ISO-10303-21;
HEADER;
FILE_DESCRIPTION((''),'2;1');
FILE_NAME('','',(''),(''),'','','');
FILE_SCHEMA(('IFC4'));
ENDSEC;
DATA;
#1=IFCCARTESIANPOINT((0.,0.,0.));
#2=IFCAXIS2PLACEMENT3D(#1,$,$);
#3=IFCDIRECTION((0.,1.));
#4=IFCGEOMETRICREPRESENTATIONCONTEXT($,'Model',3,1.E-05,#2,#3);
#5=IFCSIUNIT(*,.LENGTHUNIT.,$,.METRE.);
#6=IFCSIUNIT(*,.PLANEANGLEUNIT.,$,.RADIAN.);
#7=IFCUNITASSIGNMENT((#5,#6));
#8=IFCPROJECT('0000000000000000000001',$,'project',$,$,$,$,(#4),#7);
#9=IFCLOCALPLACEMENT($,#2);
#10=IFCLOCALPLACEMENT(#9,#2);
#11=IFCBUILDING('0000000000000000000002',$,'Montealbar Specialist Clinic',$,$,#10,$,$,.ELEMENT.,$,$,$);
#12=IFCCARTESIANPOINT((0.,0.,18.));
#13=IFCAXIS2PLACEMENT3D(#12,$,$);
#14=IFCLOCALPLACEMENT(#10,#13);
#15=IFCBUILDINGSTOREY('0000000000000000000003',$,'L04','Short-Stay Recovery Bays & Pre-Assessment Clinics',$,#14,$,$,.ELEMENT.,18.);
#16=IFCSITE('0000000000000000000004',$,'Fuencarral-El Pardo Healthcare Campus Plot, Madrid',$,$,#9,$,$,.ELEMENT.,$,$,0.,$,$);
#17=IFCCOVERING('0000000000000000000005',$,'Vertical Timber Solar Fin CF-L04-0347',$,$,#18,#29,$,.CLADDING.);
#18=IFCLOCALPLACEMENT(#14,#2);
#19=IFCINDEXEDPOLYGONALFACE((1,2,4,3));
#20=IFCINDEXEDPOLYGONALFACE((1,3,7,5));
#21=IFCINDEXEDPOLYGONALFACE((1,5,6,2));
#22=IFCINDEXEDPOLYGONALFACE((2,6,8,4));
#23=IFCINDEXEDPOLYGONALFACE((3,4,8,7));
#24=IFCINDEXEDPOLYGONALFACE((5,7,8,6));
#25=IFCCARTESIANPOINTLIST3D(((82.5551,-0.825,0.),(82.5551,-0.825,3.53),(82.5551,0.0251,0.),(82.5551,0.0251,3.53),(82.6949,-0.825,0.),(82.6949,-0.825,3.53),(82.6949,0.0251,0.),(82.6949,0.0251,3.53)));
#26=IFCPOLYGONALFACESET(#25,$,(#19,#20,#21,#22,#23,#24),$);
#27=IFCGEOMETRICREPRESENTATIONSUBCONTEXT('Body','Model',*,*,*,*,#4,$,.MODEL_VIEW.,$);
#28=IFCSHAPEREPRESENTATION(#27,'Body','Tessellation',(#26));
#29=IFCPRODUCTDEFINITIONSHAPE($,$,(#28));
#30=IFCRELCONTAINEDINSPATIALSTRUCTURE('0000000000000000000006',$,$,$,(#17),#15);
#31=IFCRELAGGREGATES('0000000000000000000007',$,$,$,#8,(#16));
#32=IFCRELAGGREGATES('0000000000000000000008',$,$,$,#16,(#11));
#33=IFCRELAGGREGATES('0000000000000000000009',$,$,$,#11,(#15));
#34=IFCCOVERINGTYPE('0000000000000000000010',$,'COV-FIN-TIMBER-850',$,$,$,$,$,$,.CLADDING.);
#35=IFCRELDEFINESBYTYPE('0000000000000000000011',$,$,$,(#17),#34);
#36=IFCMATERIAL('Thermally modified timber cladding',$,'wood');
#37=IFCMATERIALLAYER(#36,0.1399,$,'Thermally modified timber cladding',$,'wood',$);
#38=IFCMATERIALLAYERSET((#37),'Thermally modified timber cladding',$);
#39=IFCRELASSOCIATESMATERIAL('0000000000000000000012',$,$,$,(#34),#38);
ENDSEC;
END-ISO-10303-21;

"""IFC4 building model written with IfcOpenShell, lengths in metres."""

from ifc_helpers import new_model, si_unit, direction, frame, origin, origin_2d, place, context, subcontext, project, spatial, rectangle, extrude, material, layer, layer_set, type_object, element, save


model = new_model("IFC4")

# Units and contexts
model_context = context("Model", 3, precision=1e-05, world=origin(), true_north=direction((0.0, 1.0)))
body_context = subcontext(model_context, "Body", "Model", "MODEL_VIEW")
ifc_project = project(units=[si_unit("LENGTHUNIT", "METRE"), si_unit("PLANEANGLEUNIT", "RADIAN")], contexts=[model_context])

# Site, building, storey
site_placement = place(None, origin())
site = spatial("IfcSite", under=ifc_project, at=site_placement, Name="Fuencarral-El Pardo Healthcare Campus Plot, Madrid", CompositionType="ELEMENT", RefElevation=0.0)
building_placement = place(site_placement, origin())
building = spatial("IfcBuilding", under=site, at=building_placement, Name="Montealbar Specialist Clinic", CompositionType="ELEMENT")
storey_placement = place(building_placement, frame((0.0, 0.0, 18.0)))
storey = spatial("IfcBuildingStorey", under=building, at=storey_placement, Name="L04", Description="Short-Stay Recovery Bays & Pre-Assessment Clinics", CompositionType="ELEMENT", Elevation=18.0)

# Covering
ifc_material_1 = material(Name="Thermally modified timber cladding", Category="wood")
ifc_layer_1 = layer(ifc_material_1, 0.1399, Name="Thermally modified timber cladding", Category="wood")
ifc_layer_set_1 = layer_set([ifc_layer_1], Name="Thermally modified timber cladding")
covering_type = type_object("IfcCoveringType", Name="COV-FIN-TIMBER-850", PredefinedType="CLADDING", material=ifc_layer_set_1)
for number, where, z_axis, x_axis, name in (
    (1, (82.625, -0.3999, 0.0), (0.0, 0.0, 1.0), (0.0, -1.0, 0.0), "Vertical Timber Solar Fin CF-L04-0347"),
):
    element("IfcCovering", number, at=place(storey_placement, frame(where, z_axis=z_axis, x_axis=x_axis)), inside=storey, type_object=covering_type, Name=name, PredefinedType="CLADDING", context=body_context, shape_type="SweptSolid", body=[
        extrude(rectangle(XDim=0.8501, YDim=0.1399, at=origin_2d()), origin(), (0.0, 0.0, 1.0), 3.53),
    ])

save(model, "model.ifc")
